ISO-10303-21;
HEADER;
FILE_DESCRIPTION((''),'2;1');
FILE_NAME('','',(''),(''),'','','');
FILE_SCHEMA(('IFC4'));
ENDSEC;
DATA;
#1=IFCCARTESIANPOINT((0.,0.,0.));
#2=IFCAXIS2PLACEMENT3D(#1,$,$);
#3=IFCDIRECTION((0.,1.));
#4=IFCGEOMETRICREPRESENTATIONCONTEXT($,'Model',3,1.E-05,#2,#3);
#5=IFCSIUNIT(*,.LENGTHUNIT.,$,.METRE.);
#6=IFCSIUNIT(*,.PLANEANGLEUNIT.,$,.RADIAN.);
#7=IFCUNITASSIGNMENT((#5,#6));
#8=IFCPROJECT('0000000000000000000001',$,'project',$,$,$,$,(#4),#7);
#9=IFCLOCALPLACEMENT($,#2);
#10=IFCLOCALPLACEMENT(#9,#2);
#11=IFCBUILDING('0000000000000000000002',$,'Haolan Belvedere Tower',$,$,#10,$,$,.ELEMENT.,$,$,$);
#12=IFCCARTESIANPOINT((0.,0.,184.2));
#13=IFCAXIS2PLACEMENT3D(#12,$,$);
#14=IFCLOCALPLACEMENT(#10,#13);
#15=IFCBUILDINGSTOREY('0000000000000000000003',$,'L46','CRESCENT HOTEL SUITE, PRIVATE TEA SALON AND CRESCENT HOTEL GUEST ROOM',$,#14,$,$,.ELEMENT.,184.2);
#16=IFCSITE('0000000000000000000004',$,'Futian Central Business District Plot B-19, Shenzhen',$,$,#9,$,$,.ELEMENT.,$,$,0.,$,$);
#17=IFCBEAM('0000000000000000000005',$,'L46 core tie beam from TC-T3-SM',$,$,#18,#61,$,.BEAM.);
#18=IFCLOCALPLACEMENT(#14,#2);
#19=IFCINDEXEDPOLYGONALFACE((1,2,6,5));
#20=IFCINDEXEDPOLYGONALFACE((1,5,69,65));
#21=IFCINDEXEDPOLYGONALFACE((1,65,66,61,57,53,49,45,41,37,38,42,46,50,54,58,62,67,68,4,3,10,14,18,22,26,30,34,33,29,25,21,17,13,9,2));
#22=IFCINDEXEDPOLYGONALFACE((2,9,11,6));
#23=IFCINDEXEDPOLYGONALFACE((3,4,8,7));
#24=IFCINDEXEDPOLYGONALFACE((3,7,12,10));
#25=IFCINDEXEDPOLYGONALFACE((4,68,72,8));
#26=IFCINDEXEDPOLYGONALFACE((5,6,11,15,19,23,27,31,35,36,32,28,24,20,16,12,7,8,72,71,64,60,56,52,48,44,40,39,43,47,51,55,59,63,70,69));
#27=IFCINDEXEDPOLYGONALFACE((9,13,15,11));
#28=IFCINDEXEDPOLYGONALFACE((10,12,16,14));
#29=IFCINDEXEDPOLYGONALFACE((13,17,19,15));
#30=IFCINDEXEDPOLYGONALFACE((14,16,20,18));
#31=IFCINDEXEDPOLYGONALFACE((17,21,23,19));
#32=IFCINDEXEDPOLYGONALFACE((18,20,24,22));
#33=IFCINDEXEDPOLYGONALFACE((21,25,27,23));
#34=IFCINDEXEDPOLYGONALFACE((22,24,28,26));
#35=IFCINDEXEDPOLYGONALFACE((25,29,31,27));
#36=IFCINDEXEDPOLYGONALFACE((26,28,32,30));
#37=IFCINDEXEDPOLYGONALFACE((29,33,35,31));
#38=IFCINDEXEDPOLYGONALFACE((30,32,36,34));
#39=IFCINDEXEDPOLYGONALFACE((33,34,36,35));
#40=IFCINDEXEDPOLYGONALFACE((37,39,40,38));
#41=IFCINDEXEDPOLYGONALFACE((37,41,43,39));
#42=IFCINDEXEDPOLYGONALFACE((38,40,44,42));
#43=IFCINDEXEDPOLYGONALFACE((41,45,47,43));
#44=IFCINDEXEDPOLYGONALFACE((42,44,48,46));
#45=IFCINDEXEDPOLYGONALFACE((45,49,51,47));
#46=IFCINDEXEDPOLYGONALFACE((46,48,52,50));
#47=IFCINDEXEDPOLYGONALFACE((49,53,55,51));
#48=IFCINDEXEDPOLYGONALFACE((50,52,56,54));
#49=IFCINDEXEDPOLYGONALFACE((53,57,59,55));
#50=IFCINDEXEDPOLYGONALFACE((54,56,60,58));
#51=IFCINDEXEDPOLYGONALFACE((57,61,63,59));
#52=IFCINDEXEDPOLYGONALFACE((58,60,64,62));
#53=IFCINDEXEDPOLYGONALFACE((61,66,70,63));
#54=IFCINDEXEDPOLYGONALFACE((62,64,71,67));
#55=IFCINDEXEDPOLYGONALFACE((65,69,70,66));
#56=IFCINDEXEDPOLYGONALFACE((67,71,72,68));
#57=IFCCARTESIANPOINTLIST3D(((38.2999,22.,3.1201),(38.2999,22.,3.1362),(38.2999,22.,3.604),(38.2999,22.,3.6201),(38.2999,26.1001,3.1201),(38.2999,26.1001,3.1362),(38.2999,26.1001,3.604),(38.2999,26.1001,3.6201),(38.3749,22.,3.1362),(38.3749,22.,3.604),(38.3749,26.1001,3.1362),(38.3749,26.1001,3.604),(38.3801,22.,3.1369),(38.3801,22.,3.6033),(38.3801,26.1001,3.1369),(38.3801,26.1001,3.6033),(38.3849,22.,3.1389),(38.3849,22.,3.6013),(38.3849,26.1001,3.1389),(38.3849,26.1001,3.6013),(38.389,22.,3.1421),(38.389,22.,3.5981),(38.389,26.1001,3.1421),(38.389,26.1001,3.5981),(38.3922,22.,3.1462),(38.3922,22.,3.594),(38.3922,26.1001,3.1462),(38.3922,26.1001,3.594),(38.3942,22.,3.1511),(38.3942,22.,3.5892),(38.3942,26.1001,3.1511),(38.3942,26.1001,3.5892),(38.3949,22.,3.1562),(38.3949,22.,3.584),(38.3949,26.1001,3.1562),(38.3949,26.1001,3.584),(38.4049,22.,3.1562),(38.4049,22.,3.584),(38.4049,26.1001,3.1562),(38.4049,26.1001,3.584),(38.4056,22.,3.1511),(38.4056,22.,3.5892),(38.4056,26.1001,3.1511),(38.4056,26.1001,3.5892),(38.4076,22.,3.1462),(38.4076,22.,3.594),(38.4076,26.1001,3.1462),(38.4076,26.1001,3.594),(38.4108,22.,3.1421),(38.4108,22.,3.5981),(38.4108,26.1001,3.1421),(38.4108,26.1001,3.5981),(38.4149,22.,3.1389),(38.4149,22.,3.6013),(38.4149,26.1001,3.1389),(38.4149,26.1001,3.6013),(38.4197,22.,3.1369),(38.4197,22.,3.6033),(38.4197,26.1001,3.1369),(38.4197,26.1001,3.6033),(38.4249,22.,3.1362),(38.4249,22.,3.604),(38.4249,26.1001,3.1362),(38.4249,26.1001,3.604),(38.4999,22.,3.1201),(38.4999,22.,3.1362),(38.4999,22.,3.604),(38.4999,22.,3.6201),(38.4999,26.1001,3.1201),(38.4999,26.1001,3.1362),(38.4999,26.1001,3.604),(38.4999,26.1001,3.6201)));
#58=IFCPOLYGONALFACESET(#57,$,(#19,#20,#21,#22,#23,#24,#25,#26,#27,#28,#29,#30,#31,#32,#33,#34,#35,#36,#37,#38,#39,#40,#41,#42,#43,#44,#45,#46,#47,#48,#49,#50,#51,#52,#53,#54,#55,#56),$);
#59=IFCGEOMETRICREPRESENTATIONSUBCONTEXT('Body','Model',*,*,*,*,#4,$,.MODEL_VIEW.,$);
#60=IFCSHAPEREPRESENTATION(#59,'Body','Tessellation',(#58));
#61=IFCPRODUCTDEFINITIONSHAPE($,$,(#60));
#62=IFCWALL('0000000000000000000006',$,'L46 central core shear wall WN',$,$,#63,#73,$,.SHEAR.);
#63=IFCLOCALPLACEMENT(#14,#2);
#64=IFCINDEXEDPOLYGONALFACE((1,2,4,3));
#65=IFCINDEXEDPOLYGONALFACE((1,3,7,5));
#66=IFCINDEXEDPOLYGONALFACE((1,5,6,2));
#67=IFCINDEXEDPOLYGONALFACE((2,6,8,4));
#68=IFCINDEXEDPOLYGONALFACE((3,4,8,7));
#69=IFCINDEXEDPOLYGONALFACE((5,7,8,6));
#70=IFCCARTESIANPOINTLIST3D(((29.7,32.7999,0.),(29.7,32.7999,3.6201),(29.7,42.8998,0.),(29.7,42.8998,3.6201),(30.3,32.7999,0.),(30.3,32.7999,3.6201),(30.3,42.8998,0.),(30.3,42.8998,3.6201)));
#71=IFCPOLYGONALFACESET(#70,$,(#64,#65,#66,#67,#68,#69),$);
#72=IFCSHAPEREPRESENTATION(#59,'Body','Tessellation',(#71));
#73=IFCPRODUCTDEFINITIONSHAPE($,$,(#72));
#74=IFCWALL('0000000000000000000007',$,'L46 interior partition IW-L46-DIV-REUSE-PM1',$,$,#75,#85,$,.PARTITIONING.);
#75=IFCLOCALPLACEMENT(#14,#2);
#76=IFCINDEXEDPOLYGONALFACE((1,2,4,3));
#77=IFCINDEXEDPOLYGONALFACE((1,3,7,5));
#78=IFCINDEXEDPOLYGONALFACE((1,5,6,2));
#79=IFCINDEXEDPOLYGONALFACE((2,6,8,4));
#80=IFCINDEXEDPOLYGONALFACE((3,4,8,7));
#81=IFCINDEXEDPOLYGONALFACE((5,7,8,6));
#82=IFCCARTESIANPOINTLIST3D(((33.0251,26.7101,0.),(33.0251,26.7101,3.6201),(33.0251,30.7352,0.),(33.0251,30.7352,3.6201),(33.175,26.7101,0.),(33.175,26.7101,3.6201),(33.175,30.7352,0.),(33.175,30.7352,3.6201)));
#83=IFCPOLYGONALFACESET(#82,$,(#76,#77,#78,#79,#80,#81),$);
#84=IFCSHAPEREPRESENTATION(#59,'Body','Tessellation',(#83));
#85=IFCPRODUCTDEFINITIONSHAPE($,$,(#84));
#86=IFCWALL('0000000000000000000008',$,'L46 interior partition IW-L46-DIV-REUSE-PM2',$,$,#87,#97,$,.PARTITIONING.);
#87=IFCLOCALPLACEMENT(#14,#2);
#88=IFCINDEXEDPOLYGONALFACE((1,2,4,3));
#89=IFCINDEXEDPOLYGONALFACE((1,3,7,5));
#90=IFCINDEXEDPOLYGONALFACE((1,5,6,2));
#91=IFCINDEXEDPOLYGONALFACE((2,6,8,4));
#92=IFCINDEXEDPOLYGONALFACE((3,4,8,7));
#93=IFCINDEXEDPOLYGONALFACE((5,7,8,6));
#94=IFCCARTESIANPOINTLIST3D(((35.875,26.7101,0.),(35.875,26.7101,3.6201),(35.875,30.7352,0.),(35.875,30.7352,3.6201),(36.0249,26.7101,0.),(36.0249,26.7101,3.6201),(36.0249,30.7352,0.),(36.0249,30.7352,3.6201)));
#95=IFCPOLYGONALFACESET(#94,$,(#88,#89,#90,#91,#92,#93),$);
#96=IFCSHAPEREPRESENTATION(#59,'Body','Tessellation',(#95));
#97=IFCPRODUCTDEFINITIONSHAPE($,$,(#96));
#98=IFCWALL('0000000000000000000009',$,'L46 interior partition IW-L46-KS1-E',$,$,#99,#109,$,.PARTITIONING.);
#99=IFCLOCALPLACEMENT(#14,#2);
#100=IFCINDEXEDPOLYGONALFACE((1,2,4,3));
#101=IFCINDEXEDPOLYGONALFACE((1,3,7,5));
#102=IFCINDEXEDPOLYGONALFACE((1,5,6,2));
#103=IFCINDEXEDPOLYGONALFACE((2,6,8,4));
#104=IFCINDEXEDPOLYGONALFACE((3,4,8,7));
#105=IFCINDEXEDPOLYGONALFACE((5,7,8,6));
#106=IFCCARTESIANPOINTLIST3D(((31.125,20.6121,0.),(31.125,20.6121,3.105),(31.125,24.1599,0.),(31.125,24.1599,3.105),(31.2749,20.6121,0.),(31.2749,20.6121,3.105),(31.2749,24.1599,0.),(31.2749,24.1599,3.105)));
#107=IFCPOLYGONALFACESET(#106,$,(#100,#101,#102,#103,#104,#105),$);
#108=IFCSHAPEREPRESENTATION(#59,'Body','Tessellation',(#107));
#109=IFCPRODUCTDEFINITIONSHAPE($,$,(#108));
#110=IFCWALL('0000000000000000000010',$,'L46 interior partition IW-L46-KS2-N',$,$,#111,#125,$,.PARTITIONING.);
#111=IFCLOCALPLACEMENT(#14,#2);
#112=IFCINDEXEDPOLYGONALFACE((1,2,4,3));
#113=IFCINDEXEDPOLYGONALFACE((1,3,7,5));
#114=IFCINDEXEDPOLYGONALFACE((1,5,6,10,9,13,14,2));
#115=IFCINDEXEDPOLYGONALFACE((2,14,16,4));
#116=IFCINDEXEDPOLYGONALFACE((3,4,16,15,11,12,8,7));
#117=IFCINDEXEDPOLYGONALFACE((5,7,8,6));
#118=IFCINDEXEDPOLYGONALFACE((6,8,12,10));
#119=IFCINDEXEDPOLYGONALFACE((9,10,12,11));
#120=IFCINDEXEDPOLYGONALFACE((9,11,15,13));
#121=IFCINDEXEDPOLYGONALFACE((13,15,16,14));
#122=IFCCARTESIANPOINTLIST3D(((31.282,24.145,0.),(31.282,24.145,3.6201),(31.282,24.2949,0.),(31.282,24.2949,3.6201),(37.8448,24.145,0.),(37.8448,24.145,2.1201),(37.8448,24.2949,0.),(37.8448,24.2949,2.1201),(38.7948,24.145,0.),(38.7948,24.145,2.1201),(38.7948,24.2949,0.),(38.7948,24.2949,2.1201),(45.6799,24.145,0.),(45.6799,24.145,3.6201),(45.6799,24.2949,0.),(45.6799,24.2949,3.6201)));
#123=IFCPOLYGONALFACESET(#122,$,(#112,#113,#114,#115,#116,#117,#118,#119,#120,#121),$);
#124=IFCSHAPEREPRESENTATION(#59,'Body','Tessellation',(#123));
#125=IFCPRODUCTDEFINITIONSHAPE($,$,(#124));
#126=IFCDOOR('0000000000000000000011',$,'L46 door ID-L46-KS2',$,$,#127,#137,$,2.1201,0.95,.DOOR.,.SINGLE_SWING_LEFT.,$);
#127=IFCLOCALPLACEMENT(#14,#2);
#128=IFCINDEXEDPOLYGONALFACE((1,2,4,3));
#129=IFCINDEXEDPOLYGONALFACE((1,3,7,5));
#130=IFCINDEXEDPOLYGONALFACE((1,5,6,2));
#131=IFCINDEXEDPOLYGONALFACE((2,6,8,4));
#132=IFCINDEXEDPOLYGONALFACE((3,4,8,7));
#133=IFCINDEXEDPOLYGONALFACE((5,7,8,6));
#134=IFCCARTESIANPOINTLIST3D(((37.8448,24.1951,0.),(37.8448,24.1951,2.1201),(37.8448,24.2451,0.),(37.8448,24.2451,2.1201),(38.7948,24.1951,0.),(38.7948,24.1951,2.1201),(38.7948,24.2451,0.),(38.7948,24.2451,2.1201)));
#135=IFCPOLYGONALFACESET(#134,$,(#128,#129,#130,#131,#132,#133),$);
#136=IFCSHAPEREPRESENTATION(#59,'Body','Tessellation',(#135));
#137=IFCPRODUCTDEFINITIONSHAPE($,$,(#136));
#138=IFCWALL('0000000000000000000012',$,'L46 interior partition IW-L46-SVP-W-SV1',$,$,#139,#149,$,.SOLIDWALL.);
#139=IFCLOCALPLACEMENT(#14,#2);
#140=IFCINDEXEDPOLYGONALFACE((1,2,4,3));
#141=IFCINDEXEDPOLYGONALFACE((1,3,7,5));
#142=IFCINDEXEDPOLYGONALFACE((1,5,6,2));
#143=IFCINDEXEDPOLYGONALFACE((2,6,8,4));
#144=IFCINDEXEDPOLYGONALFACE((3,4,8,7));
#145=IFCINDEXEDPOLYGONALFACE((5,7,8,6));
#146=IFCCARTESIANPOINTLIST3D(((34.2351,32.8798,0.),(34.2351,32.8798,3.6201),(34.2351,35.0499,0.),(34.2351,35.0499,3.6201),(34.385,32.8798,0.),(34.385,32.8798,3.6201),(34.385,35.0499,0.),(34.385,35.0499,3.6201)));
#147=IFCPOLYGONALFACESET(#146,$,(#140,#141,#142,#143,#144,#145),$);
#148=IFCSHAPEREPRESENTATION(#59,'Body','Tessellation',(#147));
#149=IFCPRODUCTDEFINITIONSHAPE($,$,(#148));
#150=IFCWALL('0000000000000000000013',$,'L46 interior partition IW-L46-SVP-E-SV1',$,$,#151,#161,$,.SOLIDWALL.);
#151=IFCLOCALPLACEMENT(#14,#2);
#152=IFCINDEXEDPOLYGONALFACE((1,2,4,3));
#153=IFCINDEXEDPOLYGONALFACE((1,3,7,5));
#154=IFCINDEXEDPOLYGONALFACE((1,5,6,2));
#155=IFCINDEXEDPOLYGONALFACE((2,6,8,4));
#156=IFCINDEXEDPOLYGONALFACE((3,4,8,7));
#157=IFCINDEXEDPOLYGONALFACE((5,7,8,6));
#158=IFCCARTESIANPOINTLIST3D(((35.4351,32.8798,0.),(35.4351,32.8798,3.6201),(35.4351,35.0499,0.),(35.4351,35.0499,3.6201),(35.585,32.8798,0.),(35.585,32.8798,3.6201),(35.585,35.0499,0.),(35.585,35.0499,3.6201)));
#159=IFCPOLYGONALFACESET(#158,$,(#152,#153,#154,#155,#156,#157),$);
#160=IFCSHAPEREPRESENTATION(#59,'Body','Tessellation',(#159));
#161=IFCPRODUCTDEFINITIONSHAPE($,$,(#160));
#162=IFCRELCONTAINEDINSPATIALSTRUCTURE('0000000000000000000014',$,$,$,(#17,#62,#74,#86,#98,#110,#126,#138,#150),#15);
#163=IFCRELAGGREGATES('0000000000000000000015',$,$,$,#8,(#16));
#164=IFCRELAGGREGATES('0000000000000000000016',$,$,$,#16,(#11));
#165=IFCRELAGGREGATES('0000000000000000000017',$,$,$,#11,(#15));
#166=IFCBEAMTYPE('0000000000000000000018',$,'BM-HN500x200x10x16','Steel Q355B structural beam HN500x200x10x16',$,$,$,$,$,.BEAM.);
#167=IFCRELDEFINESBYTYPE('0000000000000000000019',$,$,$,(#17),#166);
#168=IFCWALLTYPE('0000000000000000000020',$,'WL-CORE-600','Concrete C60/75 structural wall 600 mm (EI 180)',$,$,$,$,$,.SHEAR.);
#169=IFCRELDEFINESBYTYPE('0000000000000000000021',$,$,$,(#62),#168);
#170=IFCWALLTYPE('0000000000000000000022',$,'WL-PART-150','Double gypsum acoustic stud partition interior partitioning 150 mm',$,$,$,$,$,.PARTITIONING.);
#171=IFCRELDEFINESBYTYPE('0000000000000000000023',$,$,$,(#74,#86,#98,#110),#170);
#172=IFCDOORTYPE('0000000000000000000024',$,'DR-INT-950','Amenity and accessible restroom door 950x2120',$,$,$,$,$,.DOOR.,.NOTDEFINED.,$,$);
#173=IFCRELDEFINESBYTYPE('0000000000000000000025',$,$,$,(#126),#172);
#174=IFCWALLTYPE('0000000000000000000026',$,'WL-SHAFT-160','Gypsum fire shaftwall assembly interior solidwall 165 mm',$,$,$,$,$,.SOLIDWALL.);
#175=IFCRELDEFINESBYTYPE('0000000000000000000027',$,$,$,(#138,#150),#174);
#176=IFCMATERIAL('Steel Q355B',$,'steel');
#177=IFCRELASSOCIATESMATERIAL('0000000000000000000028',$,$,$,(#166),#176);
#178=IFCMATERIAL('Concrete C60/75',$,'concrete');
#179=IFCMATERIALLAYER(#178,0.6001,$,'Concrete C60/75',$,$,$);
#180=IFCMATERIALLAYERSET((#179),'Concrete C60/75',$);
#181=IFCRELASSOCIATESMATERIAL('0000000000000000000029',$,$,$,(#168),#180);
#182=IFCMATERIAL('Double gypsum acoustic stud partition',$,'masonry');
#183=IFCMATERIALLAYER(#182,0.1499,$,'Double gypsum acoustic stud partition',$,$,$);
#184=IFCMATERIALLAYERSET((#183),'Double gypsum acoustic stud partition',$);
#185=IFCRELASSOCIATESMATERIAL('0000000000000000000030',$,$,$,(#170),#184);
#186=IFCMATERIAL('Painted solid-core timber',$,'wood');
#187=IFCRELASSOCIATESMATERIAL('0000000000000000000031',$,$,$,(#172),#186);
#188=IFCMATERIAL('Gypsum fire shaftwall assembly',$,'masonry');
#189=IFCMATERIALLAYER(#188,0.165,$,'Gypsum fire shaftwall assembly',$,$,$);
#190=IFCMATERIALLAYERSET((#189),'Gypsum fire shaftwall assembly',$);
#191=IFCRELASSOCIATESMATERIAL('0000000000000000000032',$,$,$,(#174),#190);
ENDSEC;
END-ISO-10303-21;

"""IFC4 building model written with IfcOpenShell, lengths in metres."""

from ifc_helpers import new_model, si_unit, direction, frame, frame_2d, origin, origin_2d, place, context, subcontext, project, spatial, rectangle, i_section, extrude, material, layer, layer_set, material_profile, profile_set, type_object, element, fill, save


model = new_model("IFC4")

# Units and contexts
model_context = context("Model", 3, precision=1e-05, world=origin(), true_north=direction((0.0, 1.0)))
body_context = subcontext(model_context, "Body", "Model", "MODEL_VIEW")
ifc_project = project(units=[si_unit("LENGTHUNIT", "METRE"), si_unit("PLANEANGLEUNIT", "RADIAN")], contexts=[model_context])

# Site, building, storey
site_placement = place(None, origin())
site = spatial("IfcSite", under=ifc_project, at=site_placement, Name="Futian Central Business District Plot B-19, Shenzhen", CompositionType="ELEMENT", RefElevation=0.0)
building_placement = place(site_placement, origin())
building = spatial("IfcBuilding", under=site, at=building_placement, Name="Haolan Belvedere Tower", CompositionType="ELEMENT")
storey_placement = place(building_placement, frame((0.0, 0.0, 184.2)))
storey = spatial("IfcBuildingStorey", under=building, at=storey_placement, Name="L46", Description="CRESCENT HOTEL SUITE, PRIVATE TEA SALON AND CRESCENT HOTEL GUEST ROOM", CompositionType="ELEMENT", Elevation=184.2)

# Beam
ifc_material_1 = material(Name="Steel Q355B", Category="steel")
ifc_material_profile_1 = material_profile(ifc_material_1, i_section(OverallWidth=0.2, OverallDepth=0.5, WebThickness=0.01, FlangeThickness=0.0161, FilletRadius=0.02, at=origin_2d()), Name="Steel Q355B")
ifc_profile_set_1 = profile_set([ifc_material_profile_1], Name="Steel Q355B")
beam_type_1 = type_object("IfcBeamType", Name="BM-HN500x200x10x16", Description="Steel Q355B structural beam HN500x200x10x16", PredefinedType="BEAM", material=ifc_profile_set_1)
beam_1_placement = place(storey_placement, frame((38.3999, 22.0, 3.3701), z_axis=(0.0, 1.0, 0.0), x_axis=(-1.0, 0.0, 0.0)))
element("IfcBeam", 1, at=beam_1_placement, inside=storey, type_object=beam_type_1, Name="L46 core tie beam from TC-T3-SM", PredefinedType="BEAM", context=body_context, shape_type="SweptSolid", body=[
    extrude(i_section(OverallWidth=0.2, OverallDepth=0.5, WebThickness=0.01, FlangeThickness=0.0161, FilletRadius=0.02, at=origin_2d()), origin(), (0.0, 0.0, 1.0), 4.1001),
])

# Walls
ifc_material_2 = material(Name="Concrete C60/75", Category="concrete")
ifc_layer_1 = layer(ifc_material_2, 0.6001, Name="Concrete C60/75")
ifc_layer_set_1 = layer_set([ifc_layer_1], Name="Concrete C60/75")
wall_type_1 = type_object("IfcWallType", Name="WL-CORE-600", Description="Concrete C60/75 structural wall 600 mm (EI 180)", PredefinedType="SHEAR", material=ifc_layer_set_1)
wall_1_placement = place(storey_placement, frame((30.0, 32.8, 0.0), z_axis=(0.0, 0.0, 1.0), x_axis=(0.0, 1.0, 0.0)))
element("IfcWall", 2, at=wall_1_placement, inside=storey, type_object=wall_type_1, Name="L46 central core shear wall WN", PredefinedType="SHEAR", context=body_context, shape_type="SweptSolid", body=[
    extrude(rectangle(XDim=10.0999, YDim=0.6001, at=frame_2d((5.0498, 0.0))), origin(), (0.0, 0.0, 1.0), 3.6201),
])
ifc_material_3 = material(Name="Double gypsum acoustic stud partition", Category="masonry")
ifc_layer_2 = layer(ifc_material_3, 0.1499, Name="Double gypsum acoustic stud partition")
ifc_layer_set_2 = layer_set([ifc_layer_2], Name="Double gypsum acoustic stud partition")
wall_type_2 = type_object("IfcWallType", Name="WL-PART-150", Description="Double gypsum acoustic stud partition interior partitioning 150 mm", PredefinedType="PARTITIONING", material=ifc_layer_set_2)
for number, where, z_axis, x_axis, name in (
    (3, (33.1001, 26.71, 0.0), (0.0, 0.0, 1.0), (0.0, 1.0, 0.0), "L46 interior partition IW-L46-DIV-REUSE-PM1"),
    (4, (35.95, 26.71, 0.0), (0.0, 0.0, 1.0), (0.0, 1.0, 0.0), "L46 interior partition IW-L46-DIV-REUSE-PM2"),
):
    element("IfcWall", number, at=place(storey_placement, frame(where, z_axis=z_axis, x_axis=x_axis)), inside=storey, type_object=wall_type_2, Name=name, PredefinedType="PARTITIONING", context=body_context, shape_type="SweptSolid", body=[
        extrude(rectangle(XDim=4.0251, YDim=0.1499, at=frame_2d((2.0127, 0.0))), origin(), (0.0, 0.0, 1.0), 3.6201),
    ])
wall_2_placement = place(storey_placement, frame((31.2, 20.6121, 0.0), z_axis=(0.0, 0.0, 1.0), x_axis=(0.0, 1.0, 0.0)))
element("IfcWall", 5, at=wall_2_placement, inside=storey, type_object=wall_type_2, Name="L46 interior partition IW-L46-KS1-E", PredefinedType="PARTITIONING", context=body_context, shape_type="SweptSolid", body=[
    extrude(rectangle(XDim=3.5479, YDim=0.1499, at=frame_2d((1.7739, 0.0))), origin(), (0.0, 0.0, 1.0), 3.105),
])

# Wall, opening, door
wall_3_placement = place(storey_placement, frame((31.282, 24.22, 0.0), z_axis=(0.0, 0.0, 1.0), x_axis=(1.0, 0.0, 0.0)))
wall_3 = element("IfcWall", 6, at=wall_3_placement, inside=storey, type_object=wall_type_2, Name="L46 interior partition IW-L46-KS2-N", PredefinedType="PARTITIONING", context=body_context, shape_type="SweptSolid", body=[
    extrude(rectangle(XDim=14.3979, YDim=0.1499, at=frame_2d((7.199, 0.0))), origin(), (0.0, 0.0, 1.0), 3.6201),
])
opening_1_placement = place(wall_3_placement, frame((7.5129, 0.0, 0.0), z_axis=(0.0, 0.0, 1.0), x_axis=(-1.0, 0.0, 0.0)))
opening_1 = element("IfcOpeningElement", 7, at=opening_1_placement, cuts=wall_3, PredefinedType="OPENING", context=body_context, shape_type="SweptSolid", body=[
    extrude(rectangle(XDim=0.95, YDim=2.1201, at=frame_2d((0.4751, 1.0601))), frame((0.0, 0.085, 0.0), z_axis=(0.0, -1.0, 0.0), x_axis=(1.0, 0.0, 0.0)), (0.0, 0.0, 1.0), 0.1699),
])
ifc_material_4 = material(Name="Painted solid-core timber", Category="wood")
door_type = type_object("IfcDoorType", Name="DR-INT-950", Description="Amenity and accessible restroom door 950x2120", OperationType="NOTDEFINED", PredefinedType="DOOR", material=ifc_material_4)
door_1_placement = place(opening_1_placement, origin())
door_1 = element("IfcDoor", 8, at=door_1_placement, inside=storey, type_object=door_type, Name="L46 door ID-L46-KS2", OperationType="SINGLE_SWING_LEFT", OverallHeight=2.1201, OverallWidth=0.95, PredefinedType="DOOR", context=body_context, shape_type="SweptSolid", body=[
    extrude(rectangle(XDim=0.95, YDim=2.1201, at=frame_2d((0.4751, 1.0601))), frame((0.0, 0.0249, 0.0), z_axis=(0.0, -1.0, 0.0), x_axis=(1.0, 0.0, 0.0)), (0.0, 0.0, 1.0), 0.05),
])
fill(opening_1, door_1)

# Walls
ifc_material_5 = material(Name="Gypsum fire shaftwall assembly", Category="masonry")
ifc_layer_3 = layer(ifc_material_5, 0.165, Name="Gypsum fire shaftwall assembly")
ifc_layer_set_3 = layer_set([ifc_layer_3], Name="Gypsum fire shaftwall assembly")
wall_type_3 = type_object("IfcWallType", Name="WL-SHAFT-160", Description="Gypsum fire shaftwall assembly interior solidwall 165 mm", PredefinedType="SOLIDWALL", material=ifc_layer_set_3)
for number, where, z_axis, x_axis, name in (
    (9, (34.3101, 32.8799, 0.0), (0.0, 0.0, 1.0), (0.0, 1.0, 0.0), "L46 interior partition IW-L46-SVP-W-SV1"),
    (10, (35.51, 32.8799, 0.0), (0.0, 0.0, 1.0), (0.0, 1.0, 0.0), "L46 interior partition IW-L46-SVP-E-SV1"),
):
    element("IfcWall", number, at=place(storey_placement, frame(where, z_axis=z_axis, x_axis=x_axis)), inside=storey, type_object=wall_type_3, Name=name, PredefinedType="SOLIDWALL", context=body_context, shape_type="SweptSolid", body=[
        extrude(rectangle(XDim=2.1702, YDim=0.1499, at=frame_2d((1.085, 0.0))), origin(), (0.0, 0.0, 1.0), 3.6201),
    ])

save(model, "model.ifc")
